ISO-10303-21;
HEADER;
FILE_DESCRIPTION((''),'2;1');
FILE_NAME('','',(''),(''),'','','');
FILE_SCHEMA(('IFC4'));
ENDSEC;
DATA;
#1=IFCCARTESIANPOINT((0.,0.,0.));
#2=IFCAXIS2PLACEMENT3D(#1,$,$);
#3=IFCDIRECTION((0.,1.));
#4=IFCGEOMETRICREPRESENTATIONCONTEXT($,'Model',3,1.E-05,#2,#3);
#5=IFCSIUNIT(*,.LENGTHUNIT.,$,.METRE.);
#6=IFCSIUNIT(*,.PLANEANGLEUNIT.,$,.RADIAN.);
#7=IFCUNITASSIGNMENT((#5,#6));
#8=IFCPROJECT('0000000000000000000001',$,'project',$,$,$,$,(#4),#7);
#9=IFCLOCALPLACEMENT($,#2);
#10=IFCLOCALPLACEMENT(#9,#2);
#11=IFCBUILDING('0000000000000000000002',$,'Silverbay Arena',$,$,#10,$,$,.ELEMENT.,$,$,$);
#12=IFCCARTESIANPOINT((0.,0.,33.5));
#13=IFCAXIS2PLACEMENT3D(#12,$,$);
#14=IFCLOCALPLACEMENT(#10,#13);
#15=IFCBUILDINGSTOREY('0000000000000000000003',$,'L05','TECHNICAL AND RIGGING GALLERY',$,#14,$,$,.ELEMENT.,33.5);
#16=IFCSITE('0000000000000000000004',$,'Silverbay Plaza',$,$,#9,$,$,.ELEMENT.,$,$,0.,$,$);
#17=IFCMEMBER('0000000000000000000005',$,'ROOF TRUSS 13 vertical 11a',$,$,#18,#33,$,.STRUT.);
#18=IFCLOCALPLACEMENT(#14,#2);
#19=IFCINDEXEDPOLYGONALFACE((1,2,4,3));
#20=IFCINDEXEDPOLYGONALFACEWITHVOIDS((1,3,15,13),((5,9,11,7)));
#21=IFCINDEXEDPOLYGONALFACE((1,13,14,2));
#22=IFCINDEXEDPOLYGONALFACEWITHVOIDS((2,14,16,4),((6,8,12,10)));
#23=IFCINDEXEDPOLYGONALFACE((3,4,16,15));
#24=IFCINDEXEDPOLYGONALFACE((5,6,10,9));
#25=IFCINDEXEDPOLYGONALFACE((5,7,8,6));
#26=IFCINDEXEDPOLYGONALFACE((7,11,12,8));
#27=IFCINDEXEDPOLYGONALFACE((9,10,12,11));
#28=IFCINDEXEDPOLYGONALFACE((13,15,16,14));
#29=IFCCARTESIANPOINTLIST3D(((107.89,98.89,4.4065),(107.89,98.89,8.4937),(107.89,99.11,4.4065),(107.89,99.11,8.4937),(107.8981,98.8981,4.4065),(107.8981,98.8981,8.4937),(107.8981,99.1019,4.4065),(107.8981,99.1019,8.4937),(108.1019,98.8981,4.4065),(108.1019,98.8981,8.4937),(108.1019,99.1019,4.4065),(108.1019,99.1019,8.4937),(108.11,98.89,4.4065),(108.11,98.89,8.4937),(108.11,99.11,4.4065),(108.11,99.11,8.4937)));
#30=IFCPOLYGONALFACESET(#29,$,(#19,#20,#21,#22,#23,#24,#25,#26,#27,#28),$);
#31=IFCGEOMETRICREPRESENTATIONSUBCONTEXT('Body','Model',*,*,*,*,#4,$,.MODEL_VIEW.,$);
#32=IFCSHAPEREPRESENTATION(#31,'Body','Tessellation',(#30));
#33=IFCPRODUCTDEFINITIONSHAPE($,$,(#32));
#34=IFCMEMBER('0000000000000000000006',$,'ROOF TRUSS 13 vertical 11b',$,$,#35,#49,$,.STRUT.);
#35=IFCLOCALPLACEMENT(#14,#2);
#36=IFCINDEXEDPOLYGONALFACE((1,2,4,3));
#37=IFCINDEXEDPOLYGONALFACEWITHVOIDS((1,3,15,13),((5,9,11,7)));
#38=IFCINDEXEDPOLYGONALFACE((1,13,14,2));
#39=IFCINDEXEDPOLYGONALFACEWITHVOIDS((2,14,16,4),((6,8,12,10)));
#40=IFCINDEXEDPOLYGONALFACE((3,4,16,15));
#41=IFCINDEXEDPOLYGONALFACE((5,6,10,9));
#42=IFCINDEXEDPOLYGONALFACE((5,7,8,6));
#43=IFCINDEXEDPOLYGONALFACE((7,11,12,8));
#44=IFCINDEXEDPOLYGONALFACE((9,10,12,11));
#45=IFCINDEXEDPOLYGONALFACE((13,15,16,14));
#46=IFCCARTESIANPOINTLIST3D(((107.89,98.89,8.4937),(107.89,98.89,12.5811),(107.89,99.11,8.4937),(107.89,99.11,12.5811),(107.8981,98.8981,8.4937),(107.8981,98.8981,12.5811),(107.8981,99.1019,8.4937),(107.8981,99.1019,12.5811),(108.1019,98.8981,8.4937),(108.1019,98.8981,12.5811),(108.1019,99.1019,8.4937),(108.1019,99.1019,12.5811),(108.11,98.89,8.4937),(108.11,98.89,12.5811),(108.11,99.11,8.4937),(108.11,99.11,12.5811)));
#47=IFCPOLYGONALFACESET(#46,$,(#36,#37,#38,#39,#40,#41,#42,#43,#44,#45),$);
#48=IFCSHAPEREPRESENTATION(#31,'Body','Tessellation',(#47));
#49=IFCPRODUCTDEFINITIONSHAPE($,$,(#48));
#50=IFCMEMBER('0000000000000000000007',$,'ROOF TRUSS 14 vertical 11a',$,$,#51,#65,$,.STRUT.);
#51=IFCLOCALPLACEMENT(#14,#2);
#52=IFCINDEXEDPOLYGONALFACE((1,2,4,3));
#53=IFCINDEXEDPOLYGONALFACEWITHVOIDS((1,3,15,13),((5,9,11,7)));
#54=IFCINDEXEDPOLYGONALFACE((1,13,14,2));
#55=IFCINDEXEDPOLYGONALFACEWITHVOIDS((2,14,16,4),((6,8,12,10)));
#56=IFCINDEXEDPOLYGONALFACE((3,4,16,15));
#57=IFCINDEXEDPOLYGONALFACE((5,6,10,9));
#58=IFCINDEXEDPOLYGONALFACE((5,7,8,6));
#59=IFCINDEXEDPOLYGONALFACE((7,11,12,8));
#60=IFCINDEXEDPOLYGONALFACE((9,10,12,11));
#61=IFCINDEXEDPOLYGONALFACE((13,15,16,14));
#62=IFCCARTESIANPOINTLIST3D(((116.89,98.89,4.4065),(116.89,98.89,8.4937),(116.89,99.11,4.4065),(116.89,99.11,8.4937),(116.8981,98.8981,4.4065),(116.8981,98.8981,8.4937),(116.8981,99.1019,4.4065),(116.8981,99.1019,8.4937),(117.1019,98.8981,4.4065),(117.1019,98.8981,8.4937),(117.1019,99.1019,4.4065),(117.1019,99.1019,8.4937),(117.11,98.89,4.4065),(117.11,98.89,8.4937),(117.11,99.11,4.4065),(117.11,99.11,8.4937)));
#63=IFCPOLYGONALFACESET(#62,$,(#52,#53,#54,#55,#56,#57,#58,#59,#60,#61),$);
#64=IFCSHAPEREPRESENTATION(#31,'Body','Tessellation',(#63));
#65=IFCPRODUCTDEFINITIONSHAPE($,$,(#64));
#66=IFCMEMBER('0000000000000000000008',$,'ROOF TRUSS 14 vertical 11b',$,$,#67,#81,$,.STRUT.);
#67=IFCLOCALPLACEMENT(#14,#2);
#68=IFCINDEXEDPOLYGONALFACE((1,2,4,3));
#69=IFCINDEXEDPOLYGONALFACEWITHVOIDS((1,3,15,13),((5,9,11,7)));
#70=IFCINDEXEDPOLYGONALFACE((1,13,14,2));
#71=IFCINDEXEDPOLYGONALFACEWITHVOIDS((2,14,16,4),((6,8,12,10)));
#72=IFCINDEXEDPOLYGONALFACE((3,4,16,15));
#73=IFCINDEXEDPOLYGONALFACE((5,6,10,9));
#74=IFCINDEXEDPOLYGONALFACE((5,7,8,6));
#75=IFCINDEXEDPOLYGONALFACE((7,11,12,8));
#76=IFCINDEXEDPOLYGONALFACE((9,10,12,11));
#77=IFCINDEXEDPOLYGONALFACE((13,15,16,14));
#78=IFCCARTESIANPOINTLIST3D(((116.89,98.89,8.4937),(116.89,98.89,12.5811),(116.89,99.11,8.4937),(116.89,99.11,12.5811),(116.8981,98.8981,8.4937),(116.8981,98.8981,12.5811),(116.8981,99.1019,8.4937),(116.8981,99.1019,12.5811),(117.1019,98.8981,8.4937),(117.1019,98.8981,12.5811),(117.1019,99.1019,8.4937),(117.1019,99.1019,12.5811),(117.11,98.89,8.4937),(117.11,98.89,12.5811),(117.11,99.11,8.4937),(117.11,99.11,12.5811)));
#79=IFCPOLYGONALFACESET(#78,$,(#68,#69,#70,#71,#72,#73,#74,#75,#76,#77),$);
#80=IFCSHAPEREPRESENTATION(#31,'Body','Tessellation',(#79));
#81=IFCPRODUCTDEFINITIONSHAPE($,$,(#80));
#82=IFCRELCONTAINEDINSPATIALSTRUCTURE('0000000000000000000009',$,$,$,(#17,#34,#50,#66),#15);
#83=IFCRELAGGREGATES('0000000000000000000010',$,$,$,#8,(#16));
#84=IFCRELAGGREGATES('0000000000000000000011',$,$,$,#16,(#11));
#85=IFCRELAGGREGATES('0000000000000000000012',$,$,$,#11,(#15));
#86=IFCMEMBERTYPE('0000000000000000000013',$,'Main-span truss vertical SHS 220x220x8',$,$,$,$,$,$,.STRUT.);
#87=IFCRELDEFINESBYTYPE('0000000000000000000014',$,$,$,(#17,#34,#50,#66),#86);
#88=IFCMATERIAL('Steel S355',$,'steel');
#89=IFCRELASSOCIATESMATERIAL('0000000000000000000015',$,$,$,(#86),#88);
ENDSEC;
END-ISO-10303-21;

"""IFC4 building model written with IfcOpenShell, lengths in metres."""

from ifc_helpers import new_model, si_unit, direction, frame, origin, origin_2d, place, context, subcontext, project, spatial, hollow_rectangle, extrude, material, material_profile, profile_set, type_object, element, save


model = new_model("IFC4")

# Units and contexts
model_context = context("Model", 3, precision=1e-05, world=origin(), true_north=direction((0.0, 1.0)))
body_context = subcontext(model_context, "Body", "Model", "MODEL_VIEW")
ifc_project = project(units=[si_unit("LENGTHUNIT", "METRE"), si_unit("PLANEANGLEUNIT", "RADIAN")], contexts=[model_context])

# Site, building, storey
site_placement = place(None, origin())
site = spatial("IfcSite", under=ifc_project, at=site_placement, Name="Silverbay Plaza", CompositionType="ELEMENT", RefElevation=0.0)
building_placement = place(site_placement, origin())
building = spatial("IfcBuilding", under=site, at=building_placement, Name="Silverbay Arena", CompositionType="ELEMENT")
storey_placement = place(building_placement, frame((0.0, 0.0, 33.5)))
storey = spatial("IfcBuildingStorey", under=building, at=storey_placement, Name="L05", Description="TECHNICAL AND RIGGING GALLERY", CompositionType="ELEMENT", Elevation=33.5)

# Members
ifc_material_1 = material(Name="Steel S355", Category="steel")
ifc_material_profile_1 = material_profile(ifc_material_1, hollow_rectangle(XDim=0.22, YDim=0.22, WallThickness=0.0081, at=origin_2d()), Name="SHS 220x220x8")
ifc_profile_set_1 = profile_set([ifc_material_profile_1], Name="Steel S355")
member_type_1 = type_object("IfcMemberType", Name="Main-span truss vertical SHS 220x220x8", PredefinedType="STRUT", material=ifc_profile_set_1)
member_1_placement = place(storey_placement, frame((108.0, 99.0, 4.4065), z_axis=(0.0, 0.0, 1.0), x_axis=(1.0, 0.0, 0.0)))
element("IfcMember", 1, at=member_1_placement, inside=storey, type_object=member_type_1, Name="ROOF TRUSS 13 vertical 11a", PredefinedType="STRUT", context=body_context, shape_type="SweptSolid", body=[
    extrude(hollow_rectangle(XDim=0.22, YDim=0.22, WallThickness=0.0081, at=origin_2d()), origin(), (0.0, 0.0, 1.0), 4.0872),
])
member_2_placement = place(storey_placement, frame((108.0, 99.0, 8.4937), z_axis=(0.0, 0.0, 1.0), x_axis=(1.0, 0.0, 0.0)))
element("IfcMember", 2, at=member_2_placement, inside=storey, type_object=member_type_1, Name="ROOF TRUSS 13 vertical 11b", PredefinedType="STRUT", context=body_context, shape_type="SweptSolid", body=[
    extrude(hollow_rectangle(XDim=0.22, YDim=0.22, WallThickness=0.0081, at=origin_2d()), origin(), (0.0, 0.0, 1.0), 4.0874),
])
member_3_placement = place(storey_placement, frame((117.0, 99.0, 4.4065), z_axis=(0.0, 0.0, 1.0), x_axis=(1.0, 0.0, 0.0)))
element("IfcMember", 3, at=member_3_placement, inside=storey, type_object=member_type_1, Name="ROOF TRUSS 14 vertical 11a", PredefinedType="STRUT", context=body_context, shape_type="SweptSolid", body=[
    extrude(hollow_rectangle(XDim=0.22, YDim=0.22, WallThickness=0.0081, at=origin_2d()), origin(), (0.0, 0.0, 1.0), 4.0872),
])
member_4_placement = place(storey_placement, frame((117.0, 99.0, 8.4937), z_axis=(0.0, 0.0, 1.0), x_axis=(1.0, 0.0, 0.0)))
element("IfcMember", 4, at=member_4_placement, inside=storey, type_object=member_type_1, Name="ROOF TRUSS 14 vertical 11b", PredefinedType="STRUT", context=body_context, shape_type="SweptSolid", body=[
    extrude(hollow_rectangle(XDim=0.22, YDim=0.22, WallThickness=0.0081, at=origin_2d()), origin(), (0.0, 0.0, 1.0), 4.0874),
])

save(model, "model.ifc")
